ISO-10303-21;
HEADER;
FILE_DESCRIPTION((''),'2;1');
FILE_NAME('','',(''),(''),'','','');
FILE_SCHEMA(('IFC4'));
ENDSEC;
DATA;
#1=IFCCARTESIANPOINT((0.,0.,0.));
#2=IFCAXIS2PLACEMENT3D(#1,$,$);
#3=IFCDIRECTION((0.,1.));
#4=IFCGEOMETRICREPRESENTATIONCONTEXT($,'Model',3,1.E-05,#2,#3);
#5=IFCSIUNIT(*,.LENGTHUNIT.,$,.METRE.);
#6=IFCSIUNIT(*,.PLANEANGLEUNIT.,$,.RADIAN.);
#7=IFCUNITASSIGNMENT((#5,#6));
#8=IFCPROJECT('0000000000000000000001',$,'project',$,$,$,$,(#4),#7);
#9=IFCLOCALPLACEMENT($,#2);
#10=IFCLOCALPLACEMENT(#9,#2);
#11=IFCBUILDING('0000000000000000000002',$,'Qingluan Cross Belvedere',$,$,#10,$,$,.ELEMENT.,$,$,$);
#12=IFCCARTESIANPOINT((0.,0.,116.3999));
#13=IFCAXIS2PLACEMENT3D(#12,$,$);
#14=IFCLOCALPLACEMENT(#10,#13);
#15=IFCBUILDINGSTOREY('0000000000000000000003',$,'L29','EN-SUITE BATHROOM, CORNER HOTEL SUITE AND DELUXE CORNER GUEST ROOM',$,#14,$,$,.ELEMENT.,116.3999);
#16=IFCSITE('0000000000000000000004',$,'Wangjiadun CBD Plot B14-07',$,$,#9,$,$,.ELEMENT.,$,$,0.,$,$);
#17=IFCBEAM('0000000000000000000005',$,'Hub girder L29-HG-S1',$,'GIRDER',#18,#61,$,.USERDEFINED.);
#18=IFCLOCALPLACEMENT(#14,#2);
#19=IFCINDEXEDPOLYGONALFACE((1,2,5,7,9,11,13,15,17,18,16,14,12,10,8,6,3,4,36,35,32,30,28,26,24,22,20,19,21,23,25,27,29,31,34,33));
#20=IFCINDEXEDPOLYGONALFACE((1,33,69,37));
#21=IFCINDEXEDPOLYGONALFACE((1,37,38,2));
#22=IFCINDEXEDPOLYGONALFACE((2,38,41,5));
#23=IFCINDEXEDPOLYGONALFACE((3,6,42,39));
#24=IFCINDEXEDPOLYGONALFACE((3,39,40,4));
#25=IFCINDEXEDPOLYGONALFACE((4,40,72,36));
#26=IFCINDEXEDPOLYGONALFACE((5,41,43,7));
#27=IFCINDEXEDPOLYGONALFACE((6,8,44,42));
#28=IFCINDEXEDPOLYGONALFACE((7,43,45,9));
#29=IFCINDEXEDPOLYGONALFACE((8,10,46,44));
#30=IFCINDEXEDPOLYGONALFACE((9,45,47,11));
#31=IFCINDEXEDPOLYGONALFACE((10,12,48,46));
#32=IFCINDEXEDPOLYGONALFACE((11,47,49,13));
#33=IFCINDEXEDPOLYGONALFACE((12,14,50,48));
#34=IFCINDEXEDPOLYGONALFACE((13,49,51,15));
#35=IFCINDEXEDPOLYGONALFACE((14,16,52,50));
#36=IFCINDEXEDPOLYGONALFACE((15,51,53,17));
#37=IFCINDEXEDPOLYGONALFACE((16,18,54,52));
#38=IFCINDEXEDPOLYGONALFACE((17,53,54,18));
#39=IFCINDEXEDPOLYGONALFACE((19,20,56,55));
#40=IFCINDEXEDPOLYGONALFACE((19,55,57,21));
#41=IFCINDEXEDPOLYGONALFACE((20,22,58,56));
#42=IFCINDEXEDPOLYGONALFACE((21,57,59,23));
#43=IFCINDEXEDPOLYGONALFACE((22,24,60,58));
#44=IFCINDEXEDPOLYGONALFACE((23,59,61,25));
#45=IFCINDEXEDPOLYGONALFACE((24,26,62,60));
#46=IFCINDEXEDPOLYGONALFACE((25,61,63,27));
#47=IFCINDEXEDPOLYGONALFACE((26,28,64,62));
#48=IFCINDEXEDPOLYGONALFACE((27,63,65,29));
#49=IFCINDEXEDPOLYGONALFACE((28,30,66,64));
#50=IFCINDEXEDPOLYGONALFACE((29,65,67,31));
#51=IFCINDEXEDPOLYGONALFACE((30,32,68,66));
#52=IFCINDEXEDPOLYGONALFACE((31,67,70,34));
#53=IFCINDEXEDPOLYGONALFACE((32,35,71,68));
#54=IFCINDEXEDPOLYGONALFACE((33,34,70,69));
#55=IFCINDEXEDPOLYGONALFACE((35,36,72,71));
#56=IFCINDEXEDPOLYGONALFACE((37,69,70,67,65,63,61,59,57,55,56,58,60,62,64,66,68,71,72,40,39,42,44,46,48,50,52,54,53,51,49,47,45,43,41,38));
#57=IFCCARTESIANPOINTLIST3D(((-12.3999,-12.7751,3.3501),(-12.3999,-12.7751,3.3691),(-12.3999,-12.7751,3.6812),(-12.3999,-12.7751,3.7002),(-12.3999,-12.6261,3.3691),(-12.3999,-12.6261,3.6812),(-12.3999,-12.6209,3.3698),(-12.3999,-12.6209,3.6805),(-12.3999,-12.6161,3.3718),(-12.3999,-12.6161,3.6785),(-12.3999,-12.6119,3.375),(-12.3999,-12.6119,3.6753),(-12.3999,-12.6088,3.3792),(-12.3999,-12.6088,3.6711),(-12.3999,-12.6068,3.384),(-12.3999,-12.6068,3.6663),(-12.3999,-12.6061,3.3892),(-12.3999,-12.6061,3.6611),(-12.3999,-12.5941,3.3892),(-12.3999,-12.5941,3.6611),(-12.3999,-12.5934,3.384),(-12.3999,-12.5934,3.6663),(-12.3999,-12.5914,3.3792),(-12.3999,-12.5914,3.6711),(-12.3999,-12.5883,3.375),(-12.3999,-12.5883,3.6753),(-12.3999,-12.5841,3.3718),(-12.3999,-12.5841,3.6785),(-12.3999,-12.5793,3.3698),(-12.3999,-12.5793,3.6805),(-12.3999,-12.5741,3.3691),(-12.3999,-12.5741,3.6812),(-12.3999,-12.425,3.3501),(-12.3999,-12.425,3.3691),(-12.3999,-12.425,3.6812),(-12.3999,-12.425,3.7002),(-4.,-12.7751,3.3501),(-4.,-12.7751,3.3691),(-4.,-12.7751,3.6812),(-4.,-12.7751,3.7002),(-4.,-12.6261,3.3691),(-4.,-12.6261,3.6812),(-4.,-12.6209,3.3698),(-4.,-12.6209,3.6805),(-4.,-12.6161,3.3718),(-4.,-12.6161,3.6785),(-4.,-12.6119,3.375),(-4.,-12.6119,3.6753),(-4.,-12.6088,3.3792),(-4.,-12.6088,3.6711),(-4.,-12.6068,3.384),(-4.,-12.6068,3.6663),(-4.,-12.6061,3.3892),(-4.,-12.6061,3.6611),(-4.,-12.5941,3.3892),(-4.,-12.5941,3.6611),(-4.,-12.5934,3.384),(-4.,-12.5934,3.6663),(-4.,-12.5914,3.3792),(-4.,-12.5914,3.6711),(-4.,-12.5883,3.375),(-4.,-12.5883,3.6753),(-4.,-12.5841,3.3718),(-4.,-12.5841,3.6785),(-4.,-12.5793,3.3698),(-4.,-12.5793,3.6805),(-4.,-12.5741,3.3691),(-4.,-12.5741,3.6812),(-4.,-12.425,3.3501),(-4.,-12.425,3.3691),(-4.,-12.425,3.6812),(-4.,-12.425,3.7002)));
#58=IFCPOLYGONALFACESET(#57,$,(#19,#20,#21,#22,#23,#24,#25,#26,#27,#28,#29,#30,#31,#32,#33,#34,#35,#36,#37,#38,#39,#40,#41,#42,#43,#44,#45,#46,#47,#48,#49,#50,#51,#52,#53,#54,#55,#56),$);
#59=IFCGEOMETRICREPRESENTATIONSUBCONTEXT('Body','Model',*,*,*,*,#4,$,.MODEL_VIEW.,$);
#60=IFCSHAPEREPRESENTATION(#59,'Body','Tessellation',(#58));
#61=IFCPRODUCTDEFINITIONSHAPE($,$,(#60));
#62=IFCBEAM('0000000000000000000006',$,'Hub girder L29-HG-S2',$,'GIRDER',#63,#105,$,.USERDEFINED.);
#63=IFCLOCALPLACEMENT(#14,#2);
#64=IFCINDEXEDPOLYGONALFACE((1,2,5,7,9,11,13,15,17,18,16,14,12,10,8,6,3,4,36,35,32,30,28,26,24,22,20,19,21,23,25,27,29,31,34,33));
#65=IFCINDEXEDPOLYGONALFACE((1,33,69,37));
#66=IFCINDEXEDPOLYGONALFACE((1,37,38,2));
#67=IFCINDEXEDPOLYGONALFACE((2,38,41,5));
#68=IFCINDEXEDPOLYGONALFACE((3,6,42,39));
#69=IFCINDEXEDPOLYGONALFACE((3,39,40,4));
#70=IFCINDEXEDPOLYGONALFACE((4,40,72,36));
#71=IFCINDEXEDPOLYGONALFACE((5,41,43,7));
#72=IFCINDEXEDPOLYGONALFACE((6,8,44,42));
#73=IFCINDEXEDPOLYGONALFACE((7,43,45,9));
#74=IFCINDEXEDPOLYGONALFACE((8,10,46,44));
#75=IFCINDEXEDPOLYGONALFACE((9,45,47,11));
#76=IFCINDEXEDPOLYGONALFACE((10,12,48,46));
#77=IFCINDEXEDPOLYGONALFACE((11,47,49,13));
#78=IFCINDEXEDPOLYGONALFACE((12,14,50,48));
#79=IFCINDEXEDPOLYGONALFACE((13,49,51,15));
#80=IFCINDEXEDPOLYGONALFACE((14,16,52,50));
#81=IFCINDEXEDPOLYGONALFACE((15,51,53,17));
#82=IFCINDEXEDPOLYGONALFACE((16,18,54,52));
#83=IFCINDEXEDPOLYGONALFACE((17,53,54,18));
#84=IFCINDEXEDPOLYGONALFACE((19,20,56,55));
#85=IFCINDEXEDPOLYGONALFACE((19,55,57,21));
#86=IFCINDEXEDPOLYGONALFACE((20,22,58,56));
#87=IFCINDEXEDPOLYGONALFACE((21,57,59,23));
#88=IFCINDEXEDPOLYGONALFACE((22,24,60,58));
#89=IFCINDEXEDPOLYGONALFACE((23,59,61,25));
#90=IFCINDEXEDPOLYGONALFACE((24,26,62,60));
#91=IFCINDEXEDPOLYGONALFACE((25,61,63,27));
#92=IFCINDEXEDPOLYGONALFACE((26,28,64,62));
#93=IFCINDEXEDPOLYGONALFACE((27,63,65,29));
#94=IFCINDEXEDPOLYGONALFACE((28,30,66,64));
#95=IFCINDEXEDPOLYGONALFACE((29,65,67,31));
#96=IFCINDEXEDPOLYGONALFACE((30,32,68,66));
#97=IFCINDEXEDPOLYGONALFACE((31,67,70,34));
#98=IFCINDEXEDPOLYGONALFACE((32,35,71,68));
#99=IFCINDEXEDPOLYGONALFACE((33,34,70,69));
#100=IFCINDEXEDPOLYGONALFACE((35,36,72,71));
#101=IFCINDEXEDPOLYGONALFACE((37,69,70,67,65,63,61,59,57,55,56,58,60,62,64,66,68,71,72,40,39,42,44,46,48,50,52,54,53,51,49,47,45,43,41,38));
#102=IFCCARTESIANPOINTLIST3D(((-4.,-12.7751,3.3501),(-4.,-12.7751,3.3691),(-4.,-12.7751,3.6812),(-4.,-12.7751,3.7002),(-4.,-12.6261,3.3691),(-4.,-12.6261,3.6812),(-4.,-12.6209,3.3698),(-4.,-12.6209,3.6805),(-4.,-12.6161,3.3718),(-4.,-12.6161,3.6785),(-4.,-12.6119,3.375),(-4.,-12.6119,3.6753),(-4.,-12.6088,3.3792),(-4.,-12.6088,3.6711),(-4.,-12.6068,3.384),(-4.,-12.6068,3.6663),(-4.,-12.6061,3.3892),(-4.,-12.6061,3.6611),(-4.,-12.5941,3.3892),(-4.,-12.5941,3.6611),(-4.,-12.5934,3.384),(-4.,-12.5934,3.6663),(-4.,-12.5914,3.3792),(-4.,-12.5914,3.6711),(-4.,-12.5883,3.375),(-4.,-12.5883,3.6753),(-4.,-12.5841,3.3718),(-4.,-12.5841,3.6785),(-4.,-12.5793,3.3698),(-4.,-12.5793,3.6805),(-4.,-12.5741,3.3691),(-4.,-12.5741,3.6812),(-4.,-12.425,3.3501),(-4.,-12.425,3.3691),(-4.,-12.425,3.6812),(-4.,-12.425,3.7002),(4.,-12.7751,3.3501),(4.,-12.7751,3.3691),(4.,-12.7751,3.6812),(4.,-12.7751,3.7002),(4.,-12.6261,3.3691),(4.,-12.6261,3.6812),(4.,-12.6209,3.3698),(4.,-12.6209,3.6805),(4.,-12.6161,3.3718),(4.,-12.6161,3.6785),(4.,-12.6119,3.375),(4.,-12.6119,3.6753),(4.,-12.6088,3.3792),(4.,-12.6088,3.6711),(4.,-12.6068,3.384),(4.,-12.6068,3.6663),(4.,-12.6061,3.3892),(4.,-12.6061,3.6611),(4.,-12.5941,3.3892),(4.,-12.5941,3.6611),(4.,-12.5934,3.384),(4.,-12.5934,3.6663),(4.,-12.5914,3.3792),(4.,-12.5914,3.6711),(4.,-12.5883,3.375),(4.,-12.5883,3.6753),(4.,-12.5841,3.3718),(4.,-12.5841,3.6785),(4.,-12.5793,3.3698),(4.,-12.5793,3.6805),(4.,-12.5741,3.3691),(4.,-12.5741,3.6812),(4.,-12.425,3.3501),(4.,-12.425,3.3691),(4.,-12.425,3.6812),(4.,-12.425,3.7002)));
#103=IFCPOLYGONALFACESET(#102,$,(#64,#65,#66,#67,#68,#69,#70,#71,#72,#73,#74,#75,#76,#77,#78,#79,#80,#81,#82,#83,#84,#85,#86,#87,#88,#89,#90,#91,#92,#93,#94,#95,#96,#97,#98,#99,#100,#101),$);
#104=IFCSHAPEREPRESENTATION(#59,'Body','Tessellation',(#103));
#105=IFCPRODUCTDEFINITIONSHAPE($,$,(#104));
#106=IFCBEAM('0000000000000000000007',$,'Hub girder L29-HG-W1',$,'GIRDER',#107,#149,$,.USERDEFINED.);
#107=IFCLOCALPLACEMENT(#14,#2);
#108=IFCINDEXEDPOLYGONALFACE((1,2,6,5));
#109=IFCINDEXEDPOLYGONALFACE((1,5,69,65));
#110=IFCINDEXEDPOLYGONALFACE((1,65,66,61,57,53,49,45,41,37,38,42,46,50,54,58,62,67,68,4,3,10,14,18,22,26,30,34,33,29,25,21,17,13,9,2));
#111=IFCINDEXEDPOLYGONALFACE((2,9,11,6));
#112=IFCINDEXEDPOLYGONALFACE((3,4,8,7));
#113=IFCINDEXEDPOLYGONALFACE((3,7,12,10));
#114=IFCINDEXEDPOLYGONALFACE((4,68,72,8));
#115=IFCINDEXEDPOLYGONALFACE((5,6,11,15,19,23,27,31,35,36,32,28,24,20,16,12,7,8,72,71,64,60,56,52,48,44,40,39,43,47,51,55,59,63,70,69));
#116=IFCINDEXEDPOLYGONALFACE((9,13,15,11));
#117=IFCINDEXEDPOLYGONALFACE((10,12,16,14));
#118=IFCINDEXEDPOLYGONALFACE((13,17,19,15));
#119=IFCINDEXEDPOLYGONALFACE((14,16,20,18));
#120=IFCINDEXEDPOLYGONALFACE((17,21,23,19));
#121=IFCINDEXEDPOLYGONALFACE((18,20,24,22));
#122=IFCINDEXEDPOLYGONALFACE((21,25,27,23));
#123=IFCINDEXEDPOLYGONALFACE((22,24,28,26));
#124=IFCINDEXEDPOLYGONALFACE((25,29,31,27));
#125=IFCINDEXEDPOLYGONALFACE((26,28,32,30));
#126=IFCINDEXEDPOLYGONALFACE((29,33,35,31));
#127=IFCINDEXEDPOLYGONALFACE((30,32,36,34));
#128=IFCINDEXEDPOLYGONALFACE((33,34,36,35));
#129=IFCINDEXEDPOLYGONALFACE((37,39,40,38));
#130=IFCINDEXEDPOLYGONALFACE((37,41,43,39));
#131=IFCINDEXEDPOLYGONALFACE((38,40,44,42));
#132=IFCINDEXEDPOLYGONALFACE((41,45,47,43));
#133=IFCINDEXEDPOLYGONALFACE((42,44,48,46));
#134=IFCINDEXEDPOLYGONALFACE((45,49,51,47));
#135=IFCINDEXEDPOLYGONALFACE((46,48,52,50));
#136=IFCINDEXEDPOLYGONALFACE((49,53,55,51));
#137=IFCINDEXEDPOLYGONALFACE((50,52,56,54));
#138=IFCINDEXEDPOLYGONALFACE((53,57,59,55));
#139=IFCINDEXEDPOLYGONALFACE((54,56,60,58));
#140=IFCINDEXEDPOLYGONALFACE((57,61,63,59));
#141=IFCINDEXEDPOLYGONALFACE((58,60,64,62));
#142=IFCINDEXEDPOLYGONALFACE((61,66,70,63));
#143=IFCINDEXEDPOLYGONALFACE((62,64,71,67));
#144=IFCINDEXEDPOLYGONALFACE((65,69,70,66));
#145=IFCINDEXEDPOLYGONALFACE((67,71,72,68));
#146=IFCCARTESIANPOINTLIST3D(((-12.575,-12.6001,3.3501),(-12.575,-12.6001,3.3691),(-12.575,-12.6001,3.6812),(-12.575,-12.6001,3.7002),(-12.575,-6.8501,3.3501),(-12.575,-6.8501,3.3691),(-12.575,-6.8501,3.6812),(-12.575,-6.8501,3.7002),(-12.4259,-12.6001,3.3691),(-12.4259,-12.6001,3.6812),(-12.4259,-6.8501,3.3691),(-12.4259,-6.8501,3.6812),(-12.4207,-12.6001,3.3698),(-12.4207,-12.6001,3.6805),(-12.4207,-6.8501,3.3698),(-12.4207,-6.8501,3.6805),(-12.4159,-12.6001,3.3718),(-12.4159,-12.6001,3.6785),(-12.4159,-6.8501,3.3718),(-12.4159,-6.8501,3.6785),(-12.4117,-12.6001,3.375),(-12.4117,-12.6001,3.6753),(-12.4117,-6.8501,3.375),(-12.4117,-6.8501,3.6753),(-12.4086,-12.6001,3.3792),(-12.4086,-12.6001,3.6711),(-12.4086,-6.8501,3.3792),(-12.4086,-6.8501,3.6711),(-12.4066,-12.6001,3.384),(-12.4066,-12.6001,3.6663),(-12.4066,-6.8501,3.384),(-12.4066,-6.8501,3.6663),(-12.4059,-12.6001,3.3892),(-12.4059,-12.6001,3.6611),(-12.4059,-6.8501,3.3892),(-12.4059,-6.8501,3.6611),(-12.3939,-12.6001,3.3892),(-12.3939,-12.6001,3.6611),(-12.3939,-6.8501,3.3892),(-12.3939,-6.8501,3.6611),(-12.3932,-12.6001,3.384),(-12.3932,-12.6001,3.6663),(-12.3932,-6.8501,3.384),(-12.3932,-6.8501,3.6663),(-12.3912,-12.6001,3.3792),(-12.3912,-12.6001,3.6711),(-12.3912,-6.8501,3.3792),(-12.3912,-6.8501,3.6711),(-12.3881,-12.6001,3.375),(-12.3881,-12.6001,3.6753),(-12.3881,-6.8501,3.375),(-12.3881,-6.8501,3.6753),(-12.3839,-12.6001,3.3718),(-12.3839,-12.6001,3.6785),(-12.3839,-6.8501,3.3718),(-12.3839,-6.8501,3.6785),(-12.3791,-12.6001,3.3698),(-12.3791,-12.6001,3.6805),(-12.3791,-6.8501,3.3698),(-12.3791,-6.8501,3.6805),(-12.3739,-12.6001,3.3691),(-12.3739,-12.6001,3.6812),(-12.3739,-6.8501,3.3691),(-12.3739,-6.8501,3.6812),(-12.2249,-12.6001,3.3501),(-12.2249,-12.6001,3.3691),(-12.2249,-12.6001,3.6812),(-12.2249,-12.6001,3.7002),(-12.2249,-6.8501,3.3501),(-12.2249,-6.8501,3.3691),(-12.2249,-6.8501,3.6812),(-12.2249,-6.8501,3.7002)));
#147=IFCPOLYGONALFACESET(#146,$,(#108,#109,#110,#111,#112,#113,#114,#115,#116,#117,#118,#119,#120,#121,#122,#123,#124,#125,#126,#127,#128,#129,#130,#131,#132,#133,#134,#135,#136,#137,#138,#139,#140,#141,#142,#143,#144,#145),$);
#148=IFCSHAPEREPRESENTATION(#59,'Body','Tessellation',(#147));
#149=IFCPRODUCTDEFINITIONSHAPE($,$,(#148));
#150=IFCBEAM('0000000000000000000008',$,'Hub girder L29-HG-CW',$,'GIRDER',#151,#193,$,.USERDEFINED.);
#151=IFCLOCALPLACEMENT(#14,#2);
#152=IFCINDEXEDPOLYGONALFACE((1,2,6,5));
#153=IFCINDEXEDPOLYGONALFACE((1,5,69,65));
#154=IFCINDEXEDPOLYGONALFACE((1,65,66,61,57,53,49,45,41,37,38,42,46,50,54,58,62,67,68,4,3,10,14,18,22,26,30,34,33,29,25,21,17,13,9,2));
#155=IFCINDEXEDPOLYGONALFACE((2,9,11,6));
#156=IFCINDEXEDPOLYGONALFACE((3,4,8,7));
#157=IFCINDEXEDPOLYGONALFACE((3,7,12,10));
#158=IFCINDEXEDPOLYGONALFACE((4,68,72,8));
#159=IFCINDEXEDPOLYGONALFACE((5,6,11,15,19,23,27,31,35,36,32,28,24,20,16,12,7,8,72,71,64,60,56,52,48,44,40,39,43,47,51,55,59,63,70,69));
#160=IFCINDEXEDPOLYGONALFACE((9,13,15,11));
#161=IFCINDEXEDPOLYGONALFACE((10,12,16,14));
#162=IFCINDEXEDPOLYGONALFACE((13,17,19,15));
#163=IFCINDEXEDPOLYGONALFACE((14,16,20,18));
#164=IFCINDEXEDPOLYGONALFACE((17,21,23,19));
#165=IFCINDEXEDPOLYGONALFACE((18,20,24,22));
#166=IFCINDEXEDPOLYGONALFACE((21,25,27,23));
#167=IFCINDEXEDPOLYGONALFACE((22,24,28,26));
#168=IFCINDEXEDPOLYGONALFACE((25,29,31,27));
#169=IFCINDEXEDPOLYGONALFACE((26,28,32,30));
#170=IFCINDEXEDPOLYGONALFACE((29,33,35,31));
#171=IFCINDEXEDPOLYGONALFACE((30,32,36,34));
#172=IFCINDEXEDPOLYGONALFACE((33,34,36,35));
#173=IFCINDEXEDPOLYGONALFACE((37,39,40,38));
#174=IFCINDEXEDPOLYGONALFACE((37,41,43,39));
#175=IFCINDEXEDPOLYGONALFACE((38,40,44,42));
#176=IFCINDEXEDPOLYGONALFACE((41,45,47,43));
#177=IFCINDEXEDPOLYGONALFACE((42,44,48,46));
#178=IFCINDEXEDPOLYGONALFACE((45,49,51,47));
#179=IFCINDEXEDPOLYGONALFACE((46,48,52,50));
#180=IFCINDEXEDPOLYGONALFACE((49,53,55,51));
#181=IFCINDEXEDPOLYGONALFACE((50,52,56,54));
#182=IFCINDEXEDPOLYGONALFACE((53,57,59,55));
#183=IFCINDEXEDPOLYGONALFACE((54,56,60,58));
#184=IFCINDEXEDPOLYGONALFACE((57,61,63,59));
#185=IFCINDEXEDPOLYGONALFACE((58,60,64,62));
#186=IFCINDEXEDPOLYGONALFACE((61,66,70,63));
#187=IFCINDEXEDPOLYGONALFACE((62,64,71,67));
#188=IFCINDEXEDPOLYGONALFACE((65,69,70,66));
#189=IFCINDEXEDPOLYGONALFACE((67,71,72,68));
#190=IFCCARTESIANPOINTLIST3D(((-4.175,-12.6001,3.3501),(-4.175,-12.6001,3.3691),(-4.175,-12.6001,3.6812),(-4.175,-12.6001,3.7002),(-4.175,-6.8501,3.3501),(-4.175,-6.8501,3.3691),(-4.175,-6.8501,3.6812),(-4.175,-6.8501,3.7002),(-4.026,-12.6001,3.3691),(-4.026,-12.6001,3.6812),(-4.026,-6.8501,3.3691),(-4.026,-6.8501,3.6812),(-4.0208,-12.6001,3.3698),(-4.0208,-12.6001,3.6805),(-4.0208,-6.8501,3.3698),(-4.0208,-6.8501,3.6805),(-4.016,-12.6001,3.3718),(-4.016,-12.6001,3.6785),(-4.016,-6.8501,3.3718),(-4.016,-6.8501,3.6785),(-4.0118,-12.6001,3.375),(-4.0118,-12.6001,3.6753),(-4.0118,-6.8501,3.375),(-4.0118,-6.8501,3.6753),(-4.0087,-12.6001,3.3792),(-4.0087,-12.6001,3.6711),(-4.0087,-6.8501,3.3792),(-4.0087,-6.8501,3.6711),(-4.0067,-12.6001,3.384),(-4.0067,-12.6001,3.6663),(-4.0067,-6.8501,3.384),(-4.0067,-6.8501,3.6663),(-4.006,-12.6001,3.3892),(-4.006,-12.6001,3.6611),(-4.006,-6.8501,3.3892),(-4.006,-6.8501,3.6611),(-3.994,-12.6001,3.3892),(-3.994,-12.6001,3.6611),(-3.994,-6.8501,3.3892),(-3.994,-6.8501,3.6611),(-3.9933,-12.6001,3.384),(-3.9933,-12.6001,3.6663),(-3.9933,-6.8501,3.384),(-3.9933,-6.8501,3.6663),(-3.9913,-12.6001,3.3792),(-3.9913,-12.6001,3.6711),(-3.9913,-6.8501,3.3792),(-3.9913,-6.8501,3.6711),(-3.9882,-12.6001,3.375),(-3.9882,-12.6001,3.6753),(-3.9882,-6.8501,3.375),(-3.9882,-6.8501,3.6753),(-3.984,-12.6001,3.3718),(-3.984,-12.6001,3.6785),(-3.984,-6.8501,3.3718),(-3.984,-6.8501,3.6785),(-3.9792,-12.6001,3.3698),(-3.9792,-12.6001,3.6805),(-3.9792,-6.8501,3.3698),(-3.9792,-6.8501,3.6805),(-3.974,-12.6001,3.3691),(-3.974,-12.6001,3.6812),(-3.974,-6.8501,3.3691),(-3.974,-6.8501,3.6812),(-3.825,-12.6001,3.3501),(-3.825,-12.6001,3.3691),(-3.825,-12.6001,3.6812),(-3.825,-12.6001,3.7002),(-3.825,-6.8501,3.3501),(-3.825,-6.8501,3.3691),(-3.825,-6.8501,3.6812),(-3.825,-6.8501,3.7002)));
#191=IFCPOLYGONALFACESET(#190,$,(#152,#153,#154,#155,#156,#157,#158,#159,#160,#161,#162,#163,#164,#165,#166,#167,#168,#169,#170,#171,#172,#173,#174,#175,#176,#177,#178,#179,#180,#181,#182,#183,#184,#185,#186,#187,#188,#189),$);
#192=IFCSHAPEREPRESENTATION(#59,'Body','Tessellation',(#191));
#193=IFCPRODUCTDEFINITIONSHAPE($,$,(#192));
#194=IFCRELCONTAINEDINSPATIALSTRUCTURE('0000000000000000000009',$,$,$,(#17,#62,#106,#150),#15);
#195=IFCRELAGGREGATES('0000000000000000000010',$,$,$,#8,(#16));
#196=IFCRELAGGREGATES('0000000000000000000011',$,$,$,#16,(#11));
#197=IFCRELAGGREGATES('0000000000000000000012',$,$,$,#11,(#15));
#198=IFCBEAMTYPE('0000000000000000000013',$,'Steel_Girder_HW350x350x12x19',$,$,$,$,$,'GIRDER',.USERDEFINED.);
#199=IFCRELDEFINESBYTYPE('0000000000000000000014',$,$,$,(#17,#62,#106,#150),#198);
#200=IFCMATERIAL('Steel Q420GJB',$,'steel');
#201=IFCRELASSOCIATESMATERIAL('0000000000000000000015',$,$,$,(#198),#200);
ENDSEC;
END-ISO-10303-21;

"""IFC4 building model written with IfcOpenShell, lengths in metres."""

from ifc_helpers import new_model, si_unit, direction, frame, origin, origin_2d, place, context, subcontext, project, spatial, i_section, extrude, material, material_profile, profile_set, type_object, element, save


model = new_model("IFC4")

# Units and contexts
model_context = context("Model", 3, precision=1e-05, world=origin(), true_north=direction((0.0, 1.0)))
body_context = subcontext(model_context, "Body", "Model", "MODEL_VIEW")
ifc_project = project(units=[si_unit("LENGTHUNIT", "METRE"), si_unit("PLANEANGLEUNIT", "RADIAN")], contexts=[model_context])

# Site, building, storey
site_placement = place(None, origin())
site = spatial("IfcSite", under=ifc_project, at=site_placement, Name="Wangjiadun CBD Plot B14-07", CompositionType="ELEMENT", RefElevation=0.0)
building_placement = place(site_placement, origin())
building = spatial("IfcBuilding", under=site, at=building_placement, Name="Qingluan Cross Belvedere", CompositionType="ELEMENT")
storey_placement = place(building_placement, frame((0.0, 0.0, 116.3999)))
storey = spatial("IfcBuildingStorey", under=building, at=storey_placement, Name="L29", Description="EN-SUITE BATHROOM, CORNER HOTEL SUITE AND DELUXE CORNER GUEST ROOM", CompositionType="ELEMENT", Elevation=116.3999)

# Beams
ifc_material_1 = material(Name="Steel Q420GJB", Category="steel")
ifc_material_profile_1 = material_profile(ifc_material_1, i_section(OverallWidth=0.3501, OverallDepth=0.3501, WebThickness=0.012, FlangeThickness=0.019, FilletRadius=0.02, at=origin_2d()), Name="HW350x350x12x19")
ifc_profile_set_1 = profile_set([ifc_material_profile_1], Name="Steel Q420GJB")
beam_type_1 = type_object("IfcBeamType", Name="Steel_Girder_HW350x350x12x19", ElementType="GIRDER", PredefinedType="USERDEFINED", material=ifc_profile_set_1)
beam_1_placement = place(storey_placement, frame((-12.3999, -12.6001, 3.5251), z_axis=(1.0, 0.0, 0.0), x_axis=(0.0, 1.0, 0.0)))
element("IfcBeam", 1, at=beam_1_placement, inside=storey, type_object=beam_type_1, Name="Hub girder L29-HG-S1", ObjectType="GIRDER", PredefinedType="USERDEFINED", context=body_context, shape_type="SweptSolid", body=[
    extrude(i_section(OverallWidth=0.3501, OverallDepth=0.3501, WebThickness=0.012, FlangeThickness=0.019, FilletRadius=0.02, at=origin_2d()), origin(), (0.0, 0.0, 1.0), 8.3999),
])
beam_2_placement = place(storey_placement, frame((-4.0, -12.6001, 3.5251), z_axis=(1.0, 0.0, 0.0), x_axis=(0.0, 1.0, 0.0)))
element("IfcBeam", 2, at=beam_2_placement, inside=storey, type_object=beam_type_1, Name="Hub girder L29-HG-S2", ObjectType="GIRDER", PredefinedType="USERDEFINED", context=body_context, shape_type="SweptSolid", body=[
    extrude(i_section(OverallWidth=0.3501, OverallDepth=0.3501, WebThickness=0.012, FlangeThickness=0.019, FilletRadius=0.02, at=origin_2d()), origin(), (0.0, 0.0, 1.0), 8.0),
])
for number, where, z_axis, x_axis, name in (
    (3, (-12.3999, -12.6001, 3.5251), (0.0, 1.0, 0.0), (-1.0, 0.0, 0.0), "Hub girder L29-HG-W1"),
    (4, (-4.0, -12.6001, 3.5251), (0.0, 1.0, 0.0), (-1.0, 0.0, 0.0), "Hub girder L29-HG-CW"),
):
    element("IfcBeam", number, at=place(storey_placement, frame(where, z_axis=z_axis, x_axis=x_axis)), inside=storey, type_object=beam_type_1, Name=name, ObjectType="GIRDER", PredefinedType="USERDEFINED", context=body_context, shape_type="SweptSolid", body=[
        extrude(i_section(OverallWidth=0.3501, OverallDepth=0.3501, WebThickness=0.012, FlangeThickness=0.019, FilletRadius=0.02, at=origin_2d()), origin(), (0.0, 0.0, 1.0), 5.75),
    ])

save(model, "model.ifc")
